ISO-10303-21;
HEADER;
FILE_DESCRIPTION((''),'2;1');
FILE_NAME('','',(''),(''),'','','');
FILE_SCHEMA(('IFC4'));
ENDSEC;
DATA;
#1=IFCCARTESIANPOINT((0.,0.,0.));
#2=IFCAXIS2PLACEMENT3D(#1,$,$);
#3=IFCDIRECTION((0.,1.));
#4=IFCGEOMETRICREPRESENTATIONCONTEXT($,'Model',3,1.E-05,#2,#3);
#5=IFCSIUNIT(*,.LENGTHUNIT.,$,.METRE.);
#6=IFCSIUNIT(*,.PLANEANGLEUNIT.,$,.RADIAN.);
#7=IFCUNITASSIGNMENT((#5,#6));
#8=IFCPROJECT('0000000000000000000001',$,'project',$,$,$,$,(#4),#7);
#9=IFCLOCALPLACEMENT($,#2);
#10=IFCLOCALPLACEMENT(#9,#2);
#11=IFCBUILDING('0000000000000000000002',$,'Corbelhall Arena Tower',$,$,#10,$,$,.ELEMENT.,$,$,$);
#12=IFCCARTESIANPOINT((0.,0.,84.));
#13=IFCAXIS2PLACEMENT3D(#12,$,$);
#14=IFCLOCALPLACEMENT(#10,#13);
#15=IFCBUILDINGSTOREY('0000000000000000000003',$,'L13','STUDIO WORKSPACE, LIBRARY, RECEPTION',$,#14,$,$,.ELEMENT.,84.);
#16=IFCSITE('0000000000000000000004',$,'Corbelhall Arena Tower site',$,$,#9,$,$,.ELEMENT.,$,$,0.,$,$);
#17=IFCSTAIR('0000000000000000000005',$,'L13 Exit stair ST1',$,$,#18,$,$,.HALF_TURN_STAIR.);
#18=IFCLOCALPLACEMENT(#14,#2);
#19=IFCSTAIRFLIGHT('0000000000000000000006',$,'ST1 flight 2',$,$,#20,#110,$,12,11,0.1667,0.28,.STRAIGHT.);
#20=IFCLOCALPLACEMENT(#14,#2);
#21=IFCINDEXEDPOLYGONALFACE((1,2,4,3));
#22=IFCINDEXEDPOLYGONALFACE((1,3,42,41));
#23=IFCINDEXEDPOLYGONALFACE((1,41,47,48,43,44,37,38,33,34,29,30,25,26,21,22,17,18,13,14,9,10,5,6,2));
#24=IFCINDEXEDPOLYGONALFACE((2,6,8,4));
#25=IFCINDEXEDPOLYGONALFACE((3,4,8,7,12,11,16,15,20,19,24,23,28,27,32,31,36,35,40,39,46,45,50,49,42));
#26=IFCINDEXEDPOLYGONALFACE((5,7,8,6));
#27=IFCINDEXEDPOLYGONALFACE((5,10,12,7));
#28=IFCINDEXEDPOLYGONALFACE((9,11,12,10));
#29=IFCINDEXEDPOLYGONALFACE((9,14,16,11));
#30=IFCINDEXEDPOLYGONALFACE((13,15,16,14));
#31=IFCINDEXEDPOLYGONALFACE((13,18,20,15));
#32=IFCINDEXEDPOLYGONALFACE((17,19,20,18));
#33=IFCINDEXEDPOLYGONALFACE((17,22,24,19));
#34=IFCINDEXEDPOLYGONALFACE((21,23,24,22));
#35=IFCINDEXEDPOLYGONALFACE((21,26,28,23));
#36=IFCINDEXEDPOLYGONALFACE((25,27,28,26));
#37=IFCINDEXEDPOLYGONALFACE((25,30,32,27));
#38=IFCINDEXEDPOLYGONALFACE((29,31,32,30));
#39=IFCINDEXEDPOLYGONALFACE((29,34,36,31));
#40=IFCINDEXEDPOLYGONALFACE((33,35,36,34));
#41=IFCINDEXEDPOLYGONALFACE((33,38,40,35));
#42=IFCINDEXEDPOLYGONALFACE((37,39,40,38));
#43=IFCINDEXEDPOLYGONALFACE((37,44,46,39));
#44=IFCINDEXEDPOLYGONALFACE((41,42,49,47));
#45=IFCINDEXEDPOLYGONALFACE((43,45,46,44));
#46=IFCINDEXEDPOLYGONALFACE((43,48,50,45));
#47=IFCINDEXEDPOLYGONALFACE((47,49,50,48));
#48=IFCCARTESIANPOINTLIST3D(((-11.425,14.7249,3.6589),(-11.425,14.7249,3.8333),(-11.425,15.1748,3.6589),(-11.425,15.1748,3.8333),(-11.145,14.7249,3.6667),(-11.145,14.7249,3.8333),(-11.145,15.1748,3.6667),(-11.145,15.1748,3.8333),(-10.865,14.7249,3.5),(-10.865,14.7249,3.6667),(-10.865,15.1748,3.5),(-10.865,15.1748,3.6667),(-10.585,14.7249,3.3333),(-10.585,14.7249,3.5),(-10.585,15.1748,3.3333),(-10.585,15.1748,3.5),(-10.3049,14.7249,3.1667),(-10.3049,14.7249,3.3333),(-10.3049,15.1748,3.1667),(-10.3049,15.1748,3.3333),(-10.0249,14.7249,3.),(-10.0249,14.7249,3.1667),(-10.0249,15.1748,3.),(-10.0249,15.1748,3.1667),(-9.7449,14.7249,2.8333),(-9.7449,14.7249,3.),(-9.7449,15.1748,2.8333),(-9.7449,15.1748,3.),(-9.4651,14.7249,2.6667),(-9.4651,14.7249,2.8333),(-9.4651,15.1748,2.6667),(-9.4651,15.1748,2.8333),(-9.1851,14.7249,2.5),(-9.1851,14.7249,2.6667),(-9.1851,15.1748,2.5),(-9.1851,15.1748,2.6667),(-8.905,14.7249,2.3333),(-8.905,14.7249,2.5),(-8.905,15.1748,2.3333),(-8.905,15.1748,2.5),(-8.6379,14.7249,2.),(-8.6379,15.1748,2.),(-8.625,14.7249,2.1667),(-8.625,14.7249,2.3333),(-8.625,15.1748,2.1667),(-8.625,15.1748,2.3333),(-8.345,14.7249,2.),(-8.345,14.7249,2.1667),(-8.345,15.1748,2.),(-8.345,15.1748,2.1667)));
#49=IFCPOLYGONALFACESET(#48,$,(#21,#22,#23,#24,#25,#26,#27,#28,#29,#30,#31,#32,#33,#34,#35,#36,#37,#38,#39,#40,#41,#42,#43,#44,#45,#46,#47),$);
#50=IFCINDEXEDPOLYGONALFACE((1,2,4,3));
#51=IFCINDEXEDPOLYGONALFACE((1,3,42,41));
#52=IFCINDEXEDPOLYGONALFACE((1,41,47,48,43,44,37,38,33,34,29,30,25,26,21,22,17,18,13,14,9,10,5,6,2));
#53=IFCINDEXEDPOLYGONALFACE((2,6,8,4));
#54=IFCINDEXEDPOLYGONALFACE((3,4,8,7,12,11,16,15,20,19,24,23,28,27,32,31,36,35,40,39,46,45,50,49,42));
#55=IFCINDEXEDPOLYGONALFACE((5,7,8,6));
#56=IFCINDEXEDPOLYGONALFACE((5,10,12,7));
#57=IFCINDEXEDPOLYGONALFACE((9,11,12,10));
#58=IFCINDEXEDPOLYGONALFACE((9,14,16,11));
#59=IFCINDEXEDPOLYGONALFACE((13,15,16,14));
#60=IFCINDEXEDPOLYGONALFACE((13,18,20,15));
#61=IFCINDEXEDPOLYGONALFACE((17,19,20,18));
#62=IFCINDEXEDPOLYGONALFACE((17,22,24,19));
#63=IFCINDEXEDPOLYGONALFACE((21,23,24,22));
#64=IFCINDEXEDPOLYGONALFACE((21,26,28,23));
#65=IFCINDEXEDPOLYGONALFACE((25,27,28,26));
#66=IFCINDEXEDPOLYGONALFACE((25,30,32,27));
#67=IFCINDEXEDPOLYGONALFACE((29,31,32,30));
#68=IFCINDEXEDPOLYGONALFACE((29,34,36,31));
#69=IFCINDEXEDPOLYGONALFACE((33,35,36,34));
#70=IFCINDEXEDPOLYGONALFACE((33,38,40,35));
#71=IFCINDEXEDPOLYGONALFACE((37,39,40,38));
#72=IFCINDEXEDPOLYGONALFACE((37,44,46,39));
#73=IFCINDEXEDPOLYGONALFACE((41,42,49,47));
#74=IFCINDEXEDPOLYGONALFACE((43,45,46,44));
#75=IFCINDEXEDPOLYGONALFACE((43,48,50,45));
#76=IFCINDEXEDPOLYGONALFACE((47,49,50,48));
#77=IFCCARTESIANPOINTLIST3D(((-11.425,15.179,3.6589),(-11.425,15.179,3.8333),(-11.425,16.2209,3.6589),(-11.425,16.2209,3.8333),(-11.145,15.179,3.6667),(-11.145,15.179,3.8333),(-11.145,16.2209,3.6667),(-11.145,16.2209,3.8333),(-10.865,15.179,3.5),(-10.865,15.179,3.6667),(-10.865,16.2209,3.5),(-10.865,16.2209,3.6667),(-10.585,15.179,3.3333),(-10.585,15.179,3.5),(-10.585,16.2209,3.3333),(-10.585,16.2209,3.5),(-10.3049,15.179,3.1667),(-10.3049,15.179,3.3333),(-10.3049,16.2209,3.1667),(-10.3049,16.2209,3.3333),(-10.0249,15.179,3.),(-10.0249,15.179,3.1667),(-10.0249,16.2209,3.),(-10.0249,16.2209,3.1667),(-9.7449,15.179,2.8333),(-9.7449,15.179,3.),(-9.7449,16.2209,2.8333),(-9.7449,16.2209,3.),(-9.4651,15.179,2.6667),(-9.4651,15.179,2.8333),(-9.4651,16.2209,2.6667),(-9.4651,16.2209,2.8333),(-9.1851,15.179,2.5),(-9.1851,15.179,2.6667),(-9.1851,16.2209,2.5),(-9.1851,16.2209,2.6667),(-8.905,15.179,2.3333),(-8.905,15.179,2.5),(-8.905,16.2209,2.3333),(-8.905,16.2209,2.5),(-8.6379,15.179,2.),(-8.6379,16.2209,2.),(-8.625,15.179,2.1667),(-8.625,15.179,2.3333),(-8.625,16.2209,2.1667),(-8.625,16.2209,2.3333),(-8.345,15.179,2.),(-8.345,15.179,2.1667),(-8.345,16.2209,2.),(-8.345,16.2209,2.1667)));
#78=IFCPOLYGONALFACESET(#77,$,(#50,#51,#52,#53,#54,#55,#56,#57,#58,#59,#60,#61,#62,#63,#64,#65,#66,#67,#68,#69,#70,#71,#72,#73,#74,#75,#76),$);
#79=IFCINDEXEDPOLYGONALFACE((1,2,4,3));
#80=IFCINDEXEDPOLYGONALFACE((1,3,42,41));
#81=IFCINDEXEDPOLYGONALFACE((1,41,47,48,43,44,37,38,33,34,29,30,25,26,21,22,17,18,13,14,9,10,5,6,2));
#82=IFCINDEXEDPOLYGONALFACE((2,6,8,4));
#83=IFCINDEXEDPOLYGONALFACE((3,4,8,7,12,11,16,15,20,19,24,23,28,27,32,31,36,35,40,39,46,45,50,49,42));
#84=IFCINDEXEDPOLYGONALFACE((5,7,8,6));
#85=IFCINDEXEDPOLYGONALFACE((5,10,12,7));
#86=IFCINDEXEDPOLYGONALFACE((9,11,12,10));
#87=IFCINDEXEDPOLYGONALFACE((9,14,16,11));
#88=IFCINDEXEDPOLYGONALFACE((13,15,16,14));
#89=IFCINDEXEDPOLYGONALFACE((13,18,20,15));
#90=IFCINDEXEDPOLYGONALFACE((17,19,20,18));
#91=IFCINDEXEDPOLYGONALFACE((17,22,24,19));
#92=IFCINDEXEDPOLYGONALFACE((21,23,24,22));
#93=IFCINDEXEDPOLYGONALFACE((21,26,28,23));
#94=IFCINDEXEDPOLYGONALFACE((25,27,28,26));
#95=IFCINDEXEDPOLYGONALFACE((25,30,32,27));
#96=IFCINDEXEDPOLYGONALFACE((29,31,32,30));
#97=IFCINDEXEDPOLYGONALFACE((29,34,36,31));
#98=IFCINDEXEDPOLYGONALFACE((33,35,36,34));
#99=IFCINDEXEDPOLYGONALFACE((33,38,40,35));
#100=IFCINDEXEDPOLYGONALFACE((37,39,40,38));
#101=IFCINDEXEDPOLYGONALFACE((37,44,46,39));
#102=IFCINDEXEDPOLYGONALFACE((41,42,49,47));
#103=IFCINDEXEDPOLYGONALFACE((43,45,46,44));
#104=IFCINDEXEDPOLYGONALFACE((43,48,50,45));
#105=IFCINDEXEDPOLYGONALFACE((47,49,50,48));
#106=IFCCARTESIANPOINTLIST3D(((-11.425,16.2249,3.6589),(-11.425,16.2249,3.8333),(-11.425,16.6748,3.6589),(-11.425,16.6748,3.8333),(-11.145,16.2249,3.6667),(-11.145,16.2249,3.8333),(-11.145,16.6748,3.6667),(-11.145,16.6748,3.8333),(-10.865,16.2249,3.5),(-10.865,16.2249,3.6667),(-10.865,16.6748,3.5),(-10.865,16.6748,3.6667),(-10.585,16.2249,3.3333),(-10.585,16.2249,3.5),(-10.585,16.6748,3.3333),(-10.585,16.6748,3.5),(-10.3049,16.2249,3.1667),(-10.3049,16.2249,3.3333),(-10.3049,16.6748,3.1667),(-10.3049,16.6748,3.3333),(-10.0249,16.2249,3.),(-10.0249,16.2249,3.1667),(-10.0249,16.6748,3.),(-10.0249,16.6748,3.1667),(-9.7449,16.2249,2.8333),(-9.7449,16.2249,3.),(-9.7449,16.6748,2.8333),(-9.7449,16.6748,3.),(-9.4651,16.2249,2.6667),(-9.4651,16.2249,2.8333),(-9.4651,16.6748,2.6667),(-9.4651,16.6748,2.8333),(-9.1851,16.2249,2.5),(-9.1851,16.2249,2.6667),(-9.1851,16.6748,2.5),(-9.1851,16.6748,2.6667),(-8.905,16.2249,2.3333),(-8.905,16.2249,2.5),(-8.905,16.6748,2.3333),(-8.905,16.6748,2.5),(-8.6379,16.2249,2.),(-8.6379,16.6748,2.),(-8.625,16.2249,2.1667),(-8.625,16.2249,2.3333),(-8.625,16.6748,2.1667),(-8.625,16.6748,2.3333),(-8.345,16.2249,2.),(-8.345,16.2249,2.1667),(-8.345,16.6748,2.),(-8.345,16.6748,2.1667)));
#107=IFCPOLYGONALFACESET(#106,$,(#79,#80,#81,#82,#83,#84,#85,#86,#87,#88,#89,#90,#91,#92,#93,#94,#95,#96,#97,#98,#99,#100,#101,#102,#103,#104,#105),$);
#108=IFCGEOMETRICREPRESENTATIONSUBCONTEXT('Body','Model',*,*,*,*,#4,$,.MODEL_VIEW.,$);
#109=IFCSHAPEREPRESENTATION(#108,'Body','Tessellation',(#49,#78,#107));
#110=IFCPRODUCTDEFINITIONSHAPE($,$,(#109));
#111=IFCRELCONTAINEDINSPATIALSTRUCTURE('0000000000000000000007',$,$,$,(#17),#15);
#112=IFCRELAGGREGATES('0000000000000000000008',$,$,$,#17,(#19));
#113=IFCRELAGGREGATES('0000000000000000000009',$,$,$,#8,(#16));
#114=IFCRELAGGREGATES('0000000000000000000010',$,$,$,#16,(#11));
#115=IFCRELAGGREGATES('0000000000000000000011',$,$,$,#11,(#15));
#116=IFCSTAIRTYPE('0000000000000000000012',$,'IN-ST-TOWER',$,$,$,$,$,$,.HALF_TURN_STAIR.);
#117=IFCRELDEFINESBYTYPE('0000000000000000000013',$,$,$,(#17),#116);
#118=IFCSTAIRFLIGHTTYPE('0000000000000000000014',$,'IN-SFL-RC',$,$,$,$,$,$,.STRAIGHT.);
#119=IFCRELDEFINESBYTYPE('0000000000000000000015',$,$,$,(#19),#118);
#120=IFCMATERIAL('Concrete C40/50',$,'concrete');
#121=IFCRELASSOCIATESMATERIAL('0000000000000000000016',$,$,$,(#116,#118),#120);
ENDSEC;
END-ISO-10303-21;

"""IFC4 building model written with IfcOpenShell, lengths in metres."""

from ifc_helpers import new_model, si_unit, direction, frame, origin, place, context, subcontext, project, spatial, polyline, outline, extrude, material, type_object, element, aggregate, save


model = new_model("IFC4")

# Units and contexts
model_context = context("Model", 3, precision=1e-05, world=origin(), true_north=direction((0.0, 1.0)))
body_context = subcontext(model_context, "Body", "Model", "MODEL_VIEW")
ifc_project = project(units=[si_unit("LENGTHUNIT", "METRE"), si_unit("PLANEANGLEUNIT", "RADIAN")], contexts=[model_context])

# Site, building, storey
site_placement = place(None, origin())
site = spatial("IfcSite", under=ifc_project, at=site_placement, Name="Corbelhall Arena Tower site", CompositionType="ELEMENT", RefElevation=0.0)
building_placement = place(site_placement, origin())
building = spatial("IfcBuilding", under=site, at=building_placement, Name="Corbelhall Arena Tower", CompositionType="ELEMENT")
storey_placement = place(building_placement, frame((0.0, 0.0, 84.0)))
storey = spatial("IfcBuildingStorey", under=building, at=storey_placement, Name="L13", Description="STUDIO WORKSPACE, LIBRARY, RECEPTION", CompositionType="ELEMENT", Elevation=84.0)

# Shared definitions
ifc_material_1 = material(Name="Concrete C40/50", Category="concrete")

# Stair, stair flight
stair_type = type_object("IfcStairType", Name="IN-ST-TOWER", PredefinedType="HALF_TURN_STAIR", material=ifc_material_1)
stair_placement = place(storey_placement, origin())
stair = element("IfcStair", 1, at=stair_placement, inside=storey, type_object=stair_type, Name="L13 Exit stair ST1", PredefinedType="HALF_TURN_STAIR")
stair_flight_type = type_object("IfcStairFlightType", Name="IN-SFL-RC", PredefinedType="STRAIGHT", material=ifc_material_1)
stair_flight_1_placement = place(storey_placement, frame((-8.345, 15.7, 2.0), z_axis=(0.0, 0.0, 1.0), x_axis=(-1.0, 0.0, 0.0)))
stair_flight_1 = element("IfcStairFlight", 2, at=stair_flight_1_placement, type_object=stair_flight_type, Name="ST1 flight 2", NumberOfRisers=12, NumberOfTreads=11, PredefinedType="STRAIGHT", RiserHeight=0.1667, TreadLength=0.28, context=body_context, shape_type="SweptSolid", body=[
    extrude(outline(polyline([(0.0, 0.0), (0.0, 0.1667), (0.28, 0.1667), (0.28, 0.3333), (0.5601, 0.3333), (0.5601, 0.5), (0.8401, 0.5), (0.8401, 0.6667), (1.1201, 0.6667), (1.1201, 0.8333), (1.3999, 0.8333), (1.3999, 1.0), (1.6799, 1.0), (1.6799, 1.1667), (1.96, 1.1667), (1.96, 1.3333), (2.24, 1.3333), (2.24, 1.5), (2.52, 1.5), (2.52, 1.6667), (2.8, 1.6667), (2.8, 1.8333), (3.0801, 1.8333), (3.0801, 2.0), (3.0801, 1.6589), (0.293, 0.0), (0.0, 0.0)])), frame((0.0, 0.9751, 0.0), z_axis=(0.0, -1.0, 0.0), x_axis=(1.0, 0.0, 0.0)), (0.0, 0.0, 1.0), 0.45),
    extrude(outline(polyline([(0.0, 0.0), (0.0, 0.1667), (0.28, 0.1667), (0.28, 0.3333), (0.5601, 0.3333), (0.5601, 0.5), (0.8401, 0.5), (0.8401, 0.6667), (1.1201, 0.6667), (1.1201, 0.8333), (1.3999, 0.8333), (1.3999, 1.0), (1.6799, 1.0), (1.6799, 1.1667), (1.96, 1.1667), (1.96, 1.3333), (2.24, 1.3333), (2.24, 1.5), (2.52, 1.5), (2.52, 1.6667), (2.8, 1.6667), (2.8, 1.8333), (3.0801, 1.8333), (3.0801, 2.0), (3.0801, 1.6589), (0.293, 0.0), (0.0, 0.0)])), frame((0.0, 0.521, 0.0), z_axis=(0.0, -1.0, 0.0), x_axis=(1.0, 0.0, 0.0)), (0.0, 0.0, 1.0), 1.042),
    extrude(outline(polyline([(0.0, 0.0), (0.0, 0.1667), (0.28, 0.1667), (0.28, 0.3333), (0.5601, 0.3333), (0.5601, 0.5), (0.8401, 0.5), (0.8401, 0.6667), (1.1201, 0.6667), (1.1201, 0.8333), (1.3999, 0.8333), (1.3999, 1.0), (1.6799, 1.0), (1.6799, 1.1667), (1.96, 1.1667), (1.96, 1.3333), (2.24, 1.3333), (2.24, 1.5), (2.52, 1.5), (2.52, 1.6667), (2.8, 1.6667), (2.8, 1.8333), (3.0801, 1.8333), (3.0801, 2.0), (3.0801, 1.6589), (0.293, 0.0), (0.0, 0.0)])), frame((0.0, -0.5249, 0.0), z_axis=(0.0, -1.0, 0.0), x_axis=(1.0, 0.0, 0.0)), (0.0, 0.0, 1.0), 0.45),
])
aggregate(stair, [stair_flight_1])

save(model, "model.ifc")
